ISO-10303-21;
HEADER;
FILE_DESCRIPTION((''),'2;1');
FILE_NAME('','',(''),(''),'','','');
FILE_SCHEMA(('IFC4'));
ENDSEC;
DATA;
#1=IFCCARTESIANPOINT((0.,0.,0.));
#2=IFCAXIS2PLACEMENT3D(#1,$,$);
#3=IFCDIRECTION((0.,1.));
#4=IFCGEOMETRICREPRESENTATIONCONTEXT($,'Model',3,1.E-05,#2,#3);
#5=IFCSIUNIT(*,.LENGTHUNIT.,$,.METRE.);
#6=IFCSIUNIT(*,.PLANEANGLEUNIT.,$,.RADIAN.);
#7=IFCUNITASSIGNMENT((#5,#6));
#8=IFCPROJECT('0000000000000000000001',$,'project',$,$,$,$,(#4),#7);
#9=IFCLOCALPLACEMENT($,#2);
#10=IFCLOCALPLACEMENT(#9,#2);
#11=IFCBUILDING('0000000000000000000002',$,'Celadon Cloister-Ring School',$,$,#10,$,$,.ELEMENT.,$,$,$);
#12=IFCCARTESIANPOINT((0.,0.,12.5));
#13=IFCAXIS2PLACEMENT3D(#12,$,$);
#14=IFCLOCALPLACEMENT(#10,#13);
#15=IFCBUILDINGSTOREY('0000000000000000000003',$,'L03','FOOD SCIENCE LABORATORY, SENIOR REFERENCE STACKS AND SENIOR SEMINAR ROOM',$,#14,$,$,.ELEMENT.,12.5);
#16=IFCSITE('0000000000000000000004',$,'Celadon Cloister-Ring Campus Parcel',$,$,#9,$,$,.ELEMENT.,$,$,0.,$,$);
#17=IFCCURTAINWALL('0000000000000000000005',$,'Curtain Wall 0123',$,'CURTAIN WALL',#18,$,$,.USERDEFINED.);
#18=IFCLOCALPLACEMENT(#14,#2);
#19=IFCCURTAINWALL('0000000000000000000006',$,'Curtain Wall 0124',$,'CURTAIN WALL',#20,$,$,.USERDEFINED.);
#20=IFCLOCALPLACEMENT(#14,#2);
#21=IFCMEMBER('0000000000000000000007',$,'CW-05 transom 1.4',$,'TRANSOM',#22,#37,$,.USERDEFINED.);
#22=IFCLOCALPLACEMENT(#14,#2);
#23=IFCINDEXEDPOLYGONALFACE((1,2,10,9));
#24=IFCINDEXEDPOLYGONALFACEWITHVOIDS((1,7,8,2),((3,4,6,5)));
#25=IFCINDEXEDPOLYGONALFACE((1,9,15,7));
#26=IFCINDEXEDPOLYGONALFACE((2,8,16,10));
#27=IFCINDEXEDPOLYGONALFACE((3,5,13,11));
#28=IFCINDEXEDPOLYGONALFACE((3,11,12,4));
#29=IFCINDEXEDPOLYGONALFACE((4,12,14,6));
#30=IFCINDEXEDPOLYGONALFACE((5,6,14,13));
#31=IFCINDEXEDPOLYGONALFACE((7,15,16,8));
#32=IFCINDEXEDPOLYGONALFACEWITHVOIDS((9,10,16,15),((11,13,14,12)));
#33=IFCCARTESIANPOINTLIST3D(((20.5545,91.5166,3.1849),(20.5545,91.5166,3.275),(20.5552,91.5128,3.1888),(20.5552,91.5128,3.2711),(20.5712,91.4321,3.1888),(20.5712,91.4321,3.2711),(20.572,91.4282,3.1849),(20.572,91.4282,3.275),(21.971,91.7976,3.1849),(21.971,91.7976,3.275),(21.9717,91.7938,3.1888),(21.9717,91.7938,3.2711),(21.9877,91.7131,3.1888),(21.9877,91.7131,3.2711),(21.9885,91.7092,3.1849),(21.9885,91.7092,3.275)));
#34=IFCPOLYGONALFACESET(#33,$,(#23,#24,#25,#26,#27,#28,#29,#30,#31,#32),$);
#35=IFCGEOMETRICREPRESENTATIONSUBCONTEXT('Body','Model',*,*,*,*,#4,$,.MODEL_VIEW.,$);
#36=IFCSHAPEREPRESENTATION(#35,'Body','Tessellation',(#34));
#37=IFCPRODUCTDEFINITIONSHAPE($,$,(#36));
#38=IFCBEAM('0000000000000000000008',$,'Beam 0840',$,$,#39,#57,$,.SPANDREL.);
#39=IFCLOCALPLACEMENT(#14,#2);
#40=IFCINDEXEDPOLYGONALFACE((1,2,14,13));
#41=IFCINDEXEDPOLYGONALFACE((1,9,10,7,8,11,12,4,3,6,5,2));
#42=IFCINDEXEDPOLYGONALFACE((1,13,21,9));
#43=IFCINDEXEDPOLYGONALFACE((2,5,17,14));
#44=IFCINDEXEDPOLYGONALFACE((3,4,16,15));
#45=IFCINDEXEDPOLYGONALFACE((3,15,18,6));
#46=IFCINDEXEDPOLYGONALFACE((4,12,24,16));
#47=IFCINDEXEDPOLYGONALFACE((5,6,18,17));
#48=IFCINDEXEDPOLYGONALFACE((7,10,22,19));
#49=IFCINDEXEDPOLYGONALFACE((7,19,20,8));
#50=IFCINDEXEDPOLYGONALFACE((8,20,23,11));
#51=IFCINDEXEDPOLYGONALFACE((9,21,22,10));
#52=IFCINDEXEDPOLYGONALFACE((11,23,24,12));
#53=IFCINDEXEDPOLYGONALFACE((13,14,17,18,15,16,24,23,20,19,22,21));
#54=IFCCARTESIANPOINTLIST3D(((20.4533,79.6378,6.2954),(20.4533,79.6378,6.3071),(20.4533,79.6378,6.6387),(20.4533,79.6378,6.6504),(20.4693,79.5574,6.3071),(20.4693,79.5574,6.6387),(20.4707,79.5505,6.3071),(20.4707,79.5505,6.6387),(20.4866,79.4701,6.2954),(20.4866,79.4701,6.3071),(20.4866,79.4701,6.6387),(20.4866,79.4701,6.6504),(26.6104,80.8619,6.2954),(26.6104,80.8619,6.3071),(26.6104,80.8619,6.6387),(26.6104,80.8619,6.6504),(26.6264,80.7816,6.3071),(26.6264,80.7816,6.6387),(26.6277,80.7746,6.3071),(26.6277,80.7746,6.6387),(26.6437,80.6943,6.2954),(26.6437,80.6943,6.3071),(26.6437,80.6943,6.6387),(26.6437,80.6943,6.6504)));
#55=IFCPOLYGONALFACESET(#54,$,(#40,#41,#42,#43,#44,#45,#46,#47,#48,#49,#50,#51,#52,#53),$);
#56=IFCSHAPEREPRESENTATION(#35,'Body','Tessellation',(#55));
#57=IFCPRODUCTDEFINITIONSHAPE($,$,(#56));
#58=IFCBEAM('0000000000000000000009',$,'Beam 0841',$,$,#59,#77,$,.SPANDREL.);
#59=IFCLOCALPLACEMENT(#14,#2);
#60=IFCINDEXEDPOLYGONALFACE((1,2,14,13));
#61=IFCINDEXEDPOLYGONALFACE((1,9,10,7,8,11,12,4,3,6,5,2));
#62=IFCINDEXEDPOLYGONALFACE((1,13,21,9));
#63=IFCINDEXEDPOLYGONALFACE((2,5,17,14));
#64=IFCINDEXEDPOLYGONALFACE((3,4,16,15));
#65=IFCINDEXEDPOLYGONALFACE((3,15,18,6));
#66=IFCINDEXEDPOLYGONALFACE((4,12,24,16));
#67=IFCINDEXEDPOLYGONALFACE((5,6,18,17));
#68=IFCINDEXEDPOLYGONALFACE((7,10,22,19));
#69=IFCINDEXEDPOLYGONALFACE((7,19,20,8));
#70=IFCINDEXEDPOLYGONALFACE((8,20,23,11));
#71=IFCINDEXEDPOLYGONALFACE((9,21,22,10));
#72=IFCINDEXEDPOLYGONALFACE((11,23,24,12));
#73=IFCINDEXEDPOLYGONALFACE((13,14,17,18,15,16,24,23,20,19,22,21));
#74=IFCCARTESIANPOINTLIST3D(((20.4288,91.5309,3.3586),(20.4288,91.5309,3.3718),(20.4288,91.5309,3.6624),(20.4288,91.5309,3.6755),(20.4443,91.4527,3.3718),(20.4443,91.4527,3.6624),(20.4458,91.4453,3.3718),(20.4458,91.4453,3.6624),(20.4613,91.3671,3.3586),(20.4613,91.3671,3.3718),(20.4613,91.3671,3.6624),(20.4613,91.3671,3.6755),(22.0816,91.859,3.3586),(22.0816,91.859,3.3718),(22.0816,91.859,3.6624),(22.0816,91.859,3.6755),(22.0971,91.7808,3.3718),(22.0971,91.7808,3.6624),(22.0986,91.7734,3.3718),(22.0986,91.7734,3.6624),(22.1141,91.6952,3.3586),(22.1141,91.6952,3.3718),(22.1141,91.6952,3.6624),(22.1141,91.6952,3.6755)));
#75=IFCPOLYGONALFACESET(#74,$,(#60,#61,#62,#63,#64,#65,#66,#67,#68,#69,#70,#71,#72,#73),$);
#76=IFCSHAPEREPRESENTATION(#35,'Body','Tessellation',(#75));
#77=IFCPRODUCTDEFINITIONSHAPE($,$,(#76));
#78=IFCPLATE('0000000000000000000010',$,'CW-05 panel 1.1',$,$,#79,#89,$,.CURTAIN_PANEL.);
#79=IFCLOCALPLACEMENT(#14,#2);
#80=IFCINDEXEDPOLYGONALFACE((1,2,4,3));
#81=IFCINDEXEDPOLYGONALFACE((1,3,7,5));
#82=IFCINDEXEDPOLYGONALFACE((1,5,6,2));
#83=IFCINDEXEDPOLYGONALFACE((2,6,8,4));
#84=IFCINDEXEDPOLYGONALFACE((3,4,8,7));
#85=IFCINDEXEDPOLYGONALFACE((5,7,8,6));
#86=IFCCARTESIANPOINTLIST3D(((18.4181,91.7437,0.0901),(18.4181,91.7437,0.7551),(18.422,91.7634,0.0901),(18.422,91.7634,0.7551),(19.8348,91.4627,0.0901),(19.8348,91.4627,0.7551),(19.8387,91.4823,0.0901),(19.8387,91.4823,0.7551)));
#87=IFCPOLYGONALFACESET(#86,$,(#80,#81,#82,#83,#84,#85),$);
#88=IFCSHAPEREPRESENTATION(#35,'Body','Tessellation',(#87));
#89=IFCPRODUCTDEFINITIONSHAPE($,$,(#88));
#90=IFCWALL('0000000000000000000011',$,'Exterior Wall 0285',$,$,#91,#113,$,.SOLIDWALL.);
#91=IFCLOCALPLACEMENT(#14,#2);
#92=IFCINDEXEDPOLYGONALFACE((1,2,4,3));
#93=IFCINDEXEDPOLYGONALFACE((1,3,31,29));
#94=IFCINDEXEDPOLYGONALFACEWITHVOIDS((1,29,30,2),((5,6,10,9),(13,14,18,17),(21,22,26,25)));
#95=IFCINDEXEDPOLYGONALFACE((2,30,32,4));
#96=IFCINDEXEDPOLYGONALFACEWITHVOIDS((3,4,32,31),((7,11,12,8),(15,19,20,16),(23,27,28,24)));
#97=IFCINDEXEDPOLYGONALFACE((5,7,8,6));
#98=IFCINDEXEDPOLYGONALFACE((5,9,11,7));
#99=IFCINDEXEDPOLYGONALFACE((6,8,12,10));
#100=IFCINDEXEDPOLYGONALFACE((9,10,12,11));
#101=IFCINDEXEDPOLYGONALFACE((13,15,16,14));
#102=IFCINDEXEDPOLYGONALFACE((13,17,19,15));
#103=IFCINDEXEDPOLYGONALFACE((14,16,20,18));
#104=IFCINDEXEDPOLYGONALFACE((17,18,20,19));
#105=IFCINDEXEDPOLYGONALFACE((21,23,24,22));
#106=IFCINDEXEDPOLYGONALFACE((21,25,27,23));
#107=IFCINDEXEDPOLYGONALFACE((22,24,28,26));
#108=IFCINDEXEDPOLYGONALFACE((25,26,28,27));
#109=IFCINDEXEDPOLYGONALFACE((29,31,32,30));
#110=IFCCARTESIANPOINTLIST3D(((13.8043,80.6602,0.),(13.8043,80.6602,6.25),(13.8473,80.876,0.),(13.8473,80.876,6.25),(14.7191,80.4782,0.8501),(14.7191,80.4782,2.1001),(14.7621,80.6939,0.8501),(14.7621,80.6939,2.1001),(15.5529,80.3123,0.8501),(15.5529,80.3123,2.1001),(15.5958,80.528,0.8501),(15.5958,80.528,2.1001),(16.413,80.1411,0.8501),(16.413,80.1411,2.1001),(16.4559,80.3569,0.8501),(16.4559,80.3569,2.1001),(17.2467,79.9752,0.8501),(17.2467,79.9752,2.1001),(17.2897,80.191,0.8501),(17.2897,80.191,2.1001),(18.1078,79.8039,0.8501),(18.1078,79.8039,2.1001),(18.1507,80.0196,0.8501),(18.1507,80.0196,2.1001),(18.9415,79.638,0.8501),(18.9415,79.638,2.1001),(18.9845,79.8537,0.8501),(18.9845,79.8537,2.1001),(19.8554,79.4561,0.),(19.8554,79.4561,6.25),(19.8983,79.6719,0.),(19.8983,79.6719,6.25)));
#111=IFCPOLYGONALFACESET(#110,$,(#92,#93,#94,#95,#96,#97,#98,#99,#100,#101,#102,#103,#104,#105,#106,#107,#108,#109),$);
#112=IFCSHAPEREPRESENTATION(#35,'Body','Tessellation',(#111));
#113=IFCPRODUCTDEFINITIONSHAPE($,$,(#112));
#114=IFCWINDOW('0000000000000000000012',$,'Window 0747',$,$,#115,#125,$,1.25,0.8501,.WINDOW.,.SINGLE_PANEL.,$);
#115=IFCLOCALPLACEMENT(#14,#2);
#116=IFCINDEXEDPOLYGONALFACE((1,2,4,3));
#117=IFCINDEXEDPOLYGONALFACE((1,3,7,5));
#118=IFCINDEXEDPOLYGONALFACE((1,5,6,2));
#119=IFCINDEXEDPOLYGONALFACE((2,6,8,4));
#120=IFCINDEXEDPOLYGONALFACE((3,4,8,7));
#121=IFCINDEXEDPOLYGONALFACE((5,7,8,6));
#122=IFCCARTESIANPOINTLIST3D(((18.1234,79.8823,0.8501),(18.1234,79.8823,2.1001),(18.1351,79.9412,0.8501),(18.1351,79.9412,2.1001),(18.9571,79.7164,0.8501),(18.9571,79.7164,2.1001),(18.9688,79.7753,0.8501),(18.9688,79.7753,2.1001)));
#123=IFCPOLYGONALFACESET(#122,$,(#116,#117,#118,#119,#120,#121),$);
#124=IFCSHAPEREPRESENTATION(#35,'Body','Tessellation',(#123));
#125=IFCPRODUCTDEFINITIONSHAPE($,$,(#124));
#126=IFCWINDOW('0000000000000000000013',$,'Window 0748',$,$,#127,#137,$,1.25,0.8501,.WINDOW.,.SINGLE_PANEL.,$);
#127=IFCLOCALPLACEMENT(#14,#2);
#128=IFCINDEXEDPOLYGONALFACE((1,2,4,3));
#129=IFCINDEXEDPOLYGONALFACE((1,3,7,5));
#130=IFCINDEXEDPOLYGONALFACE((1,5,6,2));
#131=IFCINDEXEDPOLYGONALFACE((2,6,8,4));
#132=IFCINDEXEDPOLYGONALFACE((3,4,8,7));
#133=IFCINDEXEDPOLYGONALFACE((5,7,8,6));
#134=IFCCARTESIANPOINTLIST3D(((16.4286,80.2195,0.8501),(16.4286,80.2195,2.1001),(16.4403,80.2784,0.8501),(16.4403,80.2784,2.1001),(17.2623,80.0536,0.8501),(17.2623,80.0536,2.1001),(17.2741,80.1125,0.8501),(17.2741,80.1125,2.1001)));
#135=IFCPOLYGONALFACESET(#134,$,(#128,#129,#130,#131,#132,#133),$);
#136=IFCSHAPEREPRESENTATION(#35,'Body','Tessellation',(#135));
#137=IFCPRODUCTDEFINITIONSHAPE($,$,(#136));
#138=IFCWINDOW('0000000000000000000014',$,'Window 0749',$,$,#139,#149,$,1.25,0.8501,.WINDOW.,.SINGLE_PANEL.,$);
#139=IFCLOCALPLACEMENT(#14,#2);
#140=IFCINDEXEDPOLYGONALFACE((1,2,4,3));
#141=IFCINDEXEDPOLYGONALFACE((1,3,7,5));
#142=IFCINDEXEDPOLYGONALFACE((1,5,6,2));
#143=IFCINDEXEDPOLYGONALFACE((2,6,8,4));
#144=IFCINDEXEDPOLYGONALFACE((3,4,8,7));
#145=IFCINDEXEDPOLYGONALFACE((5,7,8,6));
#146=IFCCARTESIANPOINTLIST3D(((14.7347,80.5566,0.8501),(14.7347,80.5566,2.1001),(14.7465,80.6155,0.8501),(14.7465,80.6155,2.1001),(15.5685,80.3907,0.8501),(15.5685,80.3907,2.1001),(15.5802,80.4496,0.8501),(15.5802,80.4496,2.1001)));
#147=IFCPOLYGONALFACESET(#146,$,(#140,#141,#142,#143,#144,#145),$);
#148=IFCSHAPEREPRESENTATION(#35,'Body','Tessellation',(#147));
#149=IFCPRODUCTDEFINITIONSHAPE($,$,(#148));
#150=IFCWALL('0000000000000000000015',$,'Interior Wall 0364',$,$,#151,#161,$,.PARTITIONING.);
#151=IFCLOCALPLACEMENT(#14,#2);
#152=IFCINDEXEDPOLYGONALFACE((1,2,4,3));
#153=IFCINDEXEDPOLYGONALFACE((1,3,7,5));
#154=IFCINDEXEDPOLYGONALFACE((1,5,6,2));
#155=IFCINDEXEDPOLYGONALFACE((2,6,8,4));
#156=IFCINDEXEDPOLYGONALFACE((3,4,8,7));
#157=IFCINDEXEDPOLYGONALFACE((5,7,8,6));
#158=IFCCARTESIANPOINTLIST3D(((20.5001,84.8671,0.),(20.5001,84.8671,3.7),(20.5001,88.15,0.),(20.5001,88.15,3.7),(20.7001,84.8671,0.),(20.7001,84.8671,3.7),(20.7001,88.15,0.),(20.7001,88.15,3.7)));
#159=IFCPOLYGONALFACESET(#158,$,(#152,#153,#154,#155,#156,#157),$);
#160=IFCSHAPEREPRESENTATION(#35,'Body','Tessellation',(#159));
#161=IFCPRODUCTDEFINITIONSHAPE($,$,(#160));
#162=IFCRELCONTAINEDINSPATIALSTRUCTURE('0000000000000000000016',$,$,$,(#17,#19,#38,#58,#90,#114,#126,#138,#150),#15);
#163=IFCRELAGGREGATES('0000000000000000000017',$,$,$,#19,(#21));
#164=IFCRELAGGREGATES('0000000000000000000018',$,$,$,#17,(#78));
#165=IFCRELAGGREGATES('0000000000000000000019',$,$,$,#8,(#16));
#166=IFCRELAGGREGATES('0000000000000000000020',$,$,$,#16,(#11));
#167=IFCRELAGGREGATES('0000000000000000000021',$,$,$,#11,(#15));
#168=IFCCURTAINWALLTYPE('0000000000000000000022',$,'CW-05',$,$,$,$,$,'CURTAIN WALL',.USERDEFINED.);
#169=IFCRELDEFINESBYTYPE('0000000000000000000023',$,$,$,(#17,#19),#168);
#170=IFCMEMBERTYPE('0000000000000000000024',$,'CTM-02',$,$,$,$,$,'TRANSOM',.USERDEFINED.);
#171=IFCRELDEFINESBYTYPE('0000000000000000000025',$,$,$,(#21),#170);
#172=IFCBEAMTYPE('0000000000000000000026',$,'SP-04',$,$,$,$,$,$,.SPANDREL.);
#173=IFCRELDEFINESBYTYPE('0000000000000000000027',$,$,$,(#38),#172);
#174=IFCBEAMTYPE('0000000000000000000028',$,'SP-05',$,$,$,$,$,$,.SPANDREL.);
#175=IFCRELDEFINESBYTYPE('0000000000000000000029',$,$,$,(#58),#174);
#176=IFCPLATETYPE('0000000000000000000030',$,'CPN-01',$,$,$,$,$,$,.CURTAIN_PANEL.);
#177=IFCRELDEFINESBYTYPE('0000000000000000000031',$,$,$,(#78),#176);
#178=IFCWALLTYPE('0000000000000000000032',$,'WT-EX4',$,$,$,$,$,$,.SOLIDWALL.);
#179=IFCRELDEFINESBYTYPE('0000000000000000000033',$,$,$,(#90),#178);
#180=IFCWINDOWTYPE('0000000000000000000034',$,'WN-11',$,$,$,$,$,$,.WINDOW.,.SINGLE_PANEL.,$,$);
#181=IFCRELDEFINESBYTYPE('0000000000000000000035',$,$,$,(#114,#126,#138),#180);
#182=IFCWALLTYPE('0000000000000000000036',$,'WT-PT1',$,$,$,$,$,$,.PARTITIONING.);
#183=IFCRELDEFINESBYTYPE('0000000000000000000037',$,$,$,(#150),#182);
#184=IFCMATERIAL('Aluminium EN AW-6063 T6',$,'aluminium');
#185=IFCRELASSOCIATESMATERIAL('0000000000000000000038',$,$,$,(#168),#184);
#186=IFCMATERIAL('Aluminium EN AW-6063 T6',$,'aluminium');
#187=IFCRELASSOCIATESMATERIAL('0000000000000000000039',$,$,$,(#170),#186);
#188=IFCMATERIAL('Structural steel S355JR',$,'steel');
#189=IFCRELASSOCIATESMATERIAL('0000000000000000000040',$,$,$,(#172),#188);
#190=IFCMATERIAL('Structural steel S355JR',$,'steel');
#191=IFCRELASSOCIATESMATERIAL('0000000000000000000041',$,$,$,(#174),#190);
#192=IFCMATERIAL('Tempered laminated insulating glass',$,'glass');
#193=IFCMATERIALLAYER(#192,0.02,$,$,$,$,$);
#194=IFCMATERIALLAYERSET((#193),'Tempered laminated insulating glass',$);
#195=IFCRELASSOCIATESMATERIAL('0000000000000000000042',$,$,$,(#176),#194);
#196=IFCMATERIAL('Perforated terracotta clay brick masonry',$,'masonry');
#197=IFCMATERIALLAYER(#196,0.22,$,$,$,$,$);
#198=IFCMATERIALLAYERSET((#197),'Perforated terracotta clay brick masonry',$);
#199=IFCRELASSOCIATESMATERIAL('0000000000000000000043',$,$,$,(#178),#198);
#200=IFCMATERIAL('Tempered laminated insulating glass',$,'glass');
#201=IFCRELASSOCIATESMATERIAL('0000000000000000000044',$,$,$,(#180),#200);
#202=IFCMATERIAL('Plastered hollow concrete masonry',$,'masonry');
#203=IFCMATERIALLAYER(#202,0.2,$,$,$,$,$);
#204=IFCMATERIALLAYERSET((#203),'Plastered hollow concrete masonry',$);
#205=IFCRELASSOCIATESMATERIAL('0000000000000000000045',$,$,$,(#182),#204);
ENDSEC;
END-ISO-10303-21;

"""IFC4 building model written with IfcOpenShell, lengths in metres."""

from ifc_helpers import new_model, si_unit, direction, frame, frame_2d, origin, origin_2d, place, context, subcontext, project, spatial, rectangle, hollow_rectangle, i_section, extrude, material, layer, layer_set, material_profile, profile_set, type_object, element, fill, aggregate, save


model = new_model("IFC4")

# Units and contexts
model_context = context("Model", 3, precision=1e-05, world=origin(), true_north=direction((0.0, 1.0)))
body_context = subcontext(model_context, "Body", "Model", "MODEL_VIEW")
ifc_project = project(units=[si_unit("LENGTHUNIT", "METRE"), si_unit("PLANEANGLEUNIT", "RADIAN")], contexts=[model_context])

# Site, building, storey
site_placement = place(None, origin())
site = spatial("IfcSite", under=ifc_project, at=site_placement, Name="Celadon Cloister-Ring Campus Parcel", CompositionType="ELEMENT", RefElevation=0.0)
building_placement = place(site_placement, origin())
building = spatial("IfcBuilding", under=site, at=building_placement, Name="Celadon Cloister-Ring School", CompositionType="ELEMENT")
storey_placement = place(building_placement, frame((0.0, 0.0, 12.5)))
storey = spatial("IfcBuildingStorey", under=building, at=storey_placement, Name="L03", Description="FOOD SCIENCE LABORATORY, SENIOR REFERENCE STACKS AND SENIOR SEMINAR ROOM", CompositionType="ELEMENT", Elevation=12.5)

# Curtain wall
ifc_material_1 = material(Name="Aluminium EN AW-6063 T6", Category="aluminium")
curtain_wall_type = type_object("IfcCurtainWallType", Name="CW-05", ElementType="CURTAIN WALL", PredefinedType="USERDEFINED", material=ifc_material_1)
curtain_wall_1_placement = place(storey_placement, origin())
curtain_wall_1 = element("IfcCurtainWall", 1, at=curtain_wall_1_placement, inside=storey, type_object=curtain_wall_type, Name="Curtain Wall 0123", ObjectType="CURTAIN WALL", PredefinedType="USERDEFINED")

# Curtain wall, member
curtain_wall_2_placement = place(storey_placement, origin())
curtain_wall_2 = element("IfcCurtainWall", 2, at=curtain_wall_2_placement, inside=storey, type_object=curtain_wall_type, Name="Curtain Wall 0124", ObjectType="CURTAIN WALL", PredefinedType="USERDEFINED")
ifc_material_2 = material(Name="Aluminium EN AW-6063 T6", Category="aluminium")
ifc_material_profile_1 = material_profile(ifc_material_2, hollow_rectangle(XDim=0.0901, YDim=0.0901, WallThickness=0.0039, at=origin_2d()), Name="RHS90X90X4")
ifc_profile_set_1 = profile_set([ifc_material_profile_1], Name="Aluminium EN AW-6063 T6")
member_type_1 = type_object("IfcMemberType", Name="CTM-02", ElementType="TRANSOM", PredefinedType="USERDEFINED", material=ifc_profile_set_1)
member_1_placement = place(storey_placement, frame((20.5632, 91.4724, 3.23), z_axis=(0.980885, 0.194588, 0.0), x_axis=(-0.194588, 0.980885, 0.0)))
member_1 = element("IfcMember", 3, at=member_1_placement, type_object=member_type_1, Name="CW-05 transom 1.4", ObjectType="TRANSOM", PredefinedType="USERDEFINED", context=body_context, shape_type="SweptSolid", body=[
    extrude(hollow_rectangle(XDim=0.0901, YDim=0.0901, WallThickness=0.0039, at=origin_2d()), origin(), (0.0, 0.0, 1.0), 1.4441),
])
aggregate(curtain_wall_2, [member_1])

# Beams
ifc_material_3 = material(Name="Structural steel S355JR", Category="steel")
ifc_material_profile_2 = material_profile(ifc_material_3, i_section(OverallWidth=0.1709, OverallDepth=0.355, WebThickness=0.0071, FlangeThickness=0.0117, at=origin_2d()), Name="W360X51")
ifc_profile_set_2 = profile_set([ifc_material_profile_2], Name="Structural steel S355JR")
beam_type_1 = type_object("IfcBeamType", Name="SP-04", PredefinedType="SPANDREL", material=ifc_profile_set_2)
beam_1_placement = place(storey_placement, frame((20.47, 79.554, 6.4729), z_axis=(0.980803, 0.195002, 0.0), x_axis=(-0.195002, 0.980803, 0.0)))
element("IfcBeam", 4, at=beam_1_placement, inside=storey, type_object=beam_type_1, Name="Beam 0840", PredefinedType="SPANDREL", context=body_context, shape_type="SweptSolid", body=[
    extrude(i_section(OverallWidth=0.1709, OverallDepth=0.355, WebThickness=0.0071, FlangeThickness=0.0117, at=origin_2d()), origin(), (0.0, 0.0, 1.0), 6.2776),
])
ifc_material_4 = material(Name="Structural steel S355JR", Category="steel")
ifc_material_profile_3 = material_profile(ifc_material_4, i_section(OverallWidth=0.167, OverallDepth=0.3169, WebThickness=0.0076, FlangeThickness=0.0132, at=origin_2d()), Name="W310X52")
ifc_profile_set_3 = profile_set([ifc_material_profile_3], Name="Structural steel S355JR")
beam_type_2 = type_object("IfcBeamType", Name="SP-05", PredefinedType="SPANDREL", material=ifc_profile_set_3)
beam_2_placement = place(storey_placement, frame((20.4451, 91.449, 3.5171), z_axis=(0.980858, 0.194723, 0.0), x_axis=(-0.194723, 0.980858, 0.0)))
element("IfcBeam", 5, at=beam_2_placement, inside=storey, type_object=beam_type_2, Name="Beam 0841", PredefinedType="SPANDREL", context=body_context, shape_type="SweptSolid", body=[
    extrude(i_section(OverallWidth=0.167, OverallDepth=0.3169, WebThickness=0.0076, FlangeThickness=0.0132, at=origin_2d()), origin(), (0.0, 0.0, 1.0), 1.6851),
])

# Plate
ifc_material_5 = material(Name="Tempered laminated insulating glass", Category="glass")
ifc_layer_1 = layer(ifc_material_5, 0.02)
ifc_layer_set_1 = layer_set([ifc_layer_1], Name="Tempered laminated insulating glass")
plate_type = type_object("IfcPlateType", Name="CPN-01", PredefinedType="CURTAIN_PANEL", material=ifc_layer_set_1)
plate_placement = place(storey_placement, frame((19.1284, 91.613, 0.0901), z_axis=(0.0, 0.0, 1.0), x_axis=(0.980885, -0.194586, 0.0)))
plate = element("IfcPlate", 6, at=plate_placement, type_object=plate_type, Name="CW-05 panel 1.1", PredefinedType="CURTAIN_PANEL", context=body_context, shape_type="SweptSolid", body=[
    extrude(rectangle(XDim=1.4443, YDim=0.02, at=origin_2d()), origin(), (0.0, 0.0, 1.0), 0.665),
])
aggregate(curtain_wall_1, [plate])

# Wall, openings, windows
ifc_material_6 = material(Name="Perforated terracotta clay brick masonry", Category="masonry")
ifc_layer_2 = layer(ifc_material_6, 0.22)
ifc_layer_set_2 = layer_set([ifc_layer_2], Name="Perforated terracotta clay brick masonry")
wall_type_1 = type_object("IfcWallType", Name="WT-EX4", PredefinedType="SOLIDWALL", material=ifc_layer_set_2)
wall_1_placement = place(storey_placement, frame((19.877, 79.564, 0.0), z_axis=(0.0, 0.0, 1.0), x_axis=(-0.98077, 0.195165, 0.0)))
wall_1 = element("IfcWall", 7, at=wall_1_placement, inside=storey, type_object=wall_type_1, Name="Exterior Wall 0285", PredefinedType="SOLIDWALL", context=body_context, shape_type="SweptSolid", body=[
    extrude(rectangle(XDim=6.1697, YDim=0.22, at=frame_2d((3.085, 0.0))), origin(), (0.0, 0.0, 1.0), 6.25),
])
opening_1_placement = place(wall_1_placement, frame((0.9319, 0.0, 0.8501)))
opening_1 = element("IfcOpeningElement", 8, at=opening_1_placement, cuts=wall_1, PredefinedType="OPENING", context=body_context, shape_type="SweptSolid", body=[
    extrude(rectangle(XDim=0.8501, YDim=1.25, at=frame_2d((0.425, 0.625))), frame((0.0, 0.1201, 0.0), z_axis=(0.0, -1.0, 0.0), x_axis=(1.0, 0.0, 0.0)), (0.0, 0.0, 1.0), 0.24),
])
opening_2_placement = place(wall_1_placement, frame((2.6599, 0.0, 0.8501)))
opening_2 = element("IfcOpeningElement", 9, at=opening_2_placement, cuts=wall_1, PredefinedType="OPENING", context=body_context, shape_type="SweptSolid", body=[
    extrude(rectangle(XDim=0.8501, YDim=1.25, at=frame_2d((0.425, 0.625))), frame((0.0, 0.1201, 0.0), z_axis=(0.0, -1.0, 0.0), x_axis=(1.0, 0.0, 0.0)), (0.0, 0.0, 1.0), 0.24),
])
opening_3_placement = place(wall_1_placement, frame((4.387, 0.0, 0.8501)))
opening_3 = element("IfcOpeningElement", 10, at=opening_3_placement, cuts=wall_1, PredefinedType="OPENING", context=body_context, shape_type="SweptSolid", body=[
    extrude(rectangle(XDim=0.8501, YDim=1.25, at=frame_2d((0.425, 0.625))), frame((0.0, 0.1201, 0.0), z_axis=(0.0, -1.0, 0.0), x_axis=(1.0, 0.0, 0.0)), (0.0, 0.0, 1.0), 0.24),
])
ifc_material_7 = material(Name="Tempered laminated insulating glass", Category="glass")
window_type = type_object("IfcWindowType", Name="WN-11", PartitioningType="SINGLE_PANEL", PredefinedType="WINDOW", material=ifc_material_7)
window_1_placement = place(opening_1_placement, origin())
window_1 = element("IfcWindow", 11, at=window_1_placement, inside=storey, type_object=window_type, Name="Window 0747", OverallHeight=1.25, OverallWidth=0.8501, PartitioningType="SINGLE_PANEL", PredefinedType="WINDOW", context=body_context, shape_type="SweptSolid", body=[
    extrude(rectangle(XDim=0.8501, YDim=1.25, at=frame_2d((0.425, 0.625))), frame((0.0, 0.03, 0.0), z_axis=(0.0, -1.0, 0.0), x_axis=(1.0, 0.0, 0.0)), (0.0, 0.0, 1.0), 0.0601),
])
fill(opening_1, window_1)
window_2_placement = place(opening_2_placement, origin())
window_2 = element("IfcWindow", 12, at=window_2_placement, inside=storey, type_object=window_type, Name="Window 0748", OverallHeight=1.25, OverallWidth=0.8501, PartitioningType="SINGLE_PANEL", PredefinedType="WINDOW", context=body_context, shape_type="SweptSolid", body=[
    extrude(rectangle(XDim=0.8501, YDim=1.25, at=frame_2d((0.425, 0.625))), frame((0.0, 0.03, 0.0), z_axis=(0.0, -1.0, 0.0), x_axis=(1.0, 0.0, 0.0)), (0.0, 0.0, 1.0), 0.0601),
])
fill(opening_2, window_2)
window_3_placement = place(opening_3_placement, origin())
window_3 = element("IfcWindow", 13, at=window_3_placement, inside=storey, type_object=window_type, Name="Window 0749", OverallHeight=1.25, OverallWidth=0.8501, PartitioningType="SINGLE_PANEL", PredefinedType="WINDOW", context=body_context, shape_type="SweptSolid", body=[
    extrude(rectangle(XDim=0.8501, YDim=1.25, at=frame_2d((0.425, 0.625))), frame((0.0, 0.03, 0.0), z_axis=(0.0, -1.0, 0.0), x_axis=(1.0, 0.0, 0.0)), (0.0, 0.0, 1.0), 0.0601),
])
fill(opening_3, window_3)

# Wall
ifc_material_8 = material(Name="Plastered hollow concrete masonry", Category="masonry")
ifc_layer_3 = layer(ifc_material_8, 0.2)
ifc_layer_set_3 = layer_set([ifc_layer_3], Name="Plastered hollow concrete masonry")
wall_type_2 = type_object("IfcWallType", Name="WT-PT1", PredefinedType="PARTITIONING", material=ifc_layer_set_3)
wall_2_placement = place(storey_placement, frame((20.6001, 84.8669, 0.0), z_axis=(0.0, 0.0, 1.0), x_axis=(0.0, 1.0, 0.0)))
element("IfcWall", 14, at=wall_2_placement, inside=storey, type_object=wall_type_2, Name="Interior Wall 0364", PredefinedType="PARTITIONING", context=body_context, shape_type="SweptSolid", body=[
    extrude(rectangle(XDim=3.283, YDim=0.2, at=frame_2d((1.6416, 0.0))), origin(), (0.0, 0.0, 1.0), 3.7),
])

save(model, "model.ifc")
